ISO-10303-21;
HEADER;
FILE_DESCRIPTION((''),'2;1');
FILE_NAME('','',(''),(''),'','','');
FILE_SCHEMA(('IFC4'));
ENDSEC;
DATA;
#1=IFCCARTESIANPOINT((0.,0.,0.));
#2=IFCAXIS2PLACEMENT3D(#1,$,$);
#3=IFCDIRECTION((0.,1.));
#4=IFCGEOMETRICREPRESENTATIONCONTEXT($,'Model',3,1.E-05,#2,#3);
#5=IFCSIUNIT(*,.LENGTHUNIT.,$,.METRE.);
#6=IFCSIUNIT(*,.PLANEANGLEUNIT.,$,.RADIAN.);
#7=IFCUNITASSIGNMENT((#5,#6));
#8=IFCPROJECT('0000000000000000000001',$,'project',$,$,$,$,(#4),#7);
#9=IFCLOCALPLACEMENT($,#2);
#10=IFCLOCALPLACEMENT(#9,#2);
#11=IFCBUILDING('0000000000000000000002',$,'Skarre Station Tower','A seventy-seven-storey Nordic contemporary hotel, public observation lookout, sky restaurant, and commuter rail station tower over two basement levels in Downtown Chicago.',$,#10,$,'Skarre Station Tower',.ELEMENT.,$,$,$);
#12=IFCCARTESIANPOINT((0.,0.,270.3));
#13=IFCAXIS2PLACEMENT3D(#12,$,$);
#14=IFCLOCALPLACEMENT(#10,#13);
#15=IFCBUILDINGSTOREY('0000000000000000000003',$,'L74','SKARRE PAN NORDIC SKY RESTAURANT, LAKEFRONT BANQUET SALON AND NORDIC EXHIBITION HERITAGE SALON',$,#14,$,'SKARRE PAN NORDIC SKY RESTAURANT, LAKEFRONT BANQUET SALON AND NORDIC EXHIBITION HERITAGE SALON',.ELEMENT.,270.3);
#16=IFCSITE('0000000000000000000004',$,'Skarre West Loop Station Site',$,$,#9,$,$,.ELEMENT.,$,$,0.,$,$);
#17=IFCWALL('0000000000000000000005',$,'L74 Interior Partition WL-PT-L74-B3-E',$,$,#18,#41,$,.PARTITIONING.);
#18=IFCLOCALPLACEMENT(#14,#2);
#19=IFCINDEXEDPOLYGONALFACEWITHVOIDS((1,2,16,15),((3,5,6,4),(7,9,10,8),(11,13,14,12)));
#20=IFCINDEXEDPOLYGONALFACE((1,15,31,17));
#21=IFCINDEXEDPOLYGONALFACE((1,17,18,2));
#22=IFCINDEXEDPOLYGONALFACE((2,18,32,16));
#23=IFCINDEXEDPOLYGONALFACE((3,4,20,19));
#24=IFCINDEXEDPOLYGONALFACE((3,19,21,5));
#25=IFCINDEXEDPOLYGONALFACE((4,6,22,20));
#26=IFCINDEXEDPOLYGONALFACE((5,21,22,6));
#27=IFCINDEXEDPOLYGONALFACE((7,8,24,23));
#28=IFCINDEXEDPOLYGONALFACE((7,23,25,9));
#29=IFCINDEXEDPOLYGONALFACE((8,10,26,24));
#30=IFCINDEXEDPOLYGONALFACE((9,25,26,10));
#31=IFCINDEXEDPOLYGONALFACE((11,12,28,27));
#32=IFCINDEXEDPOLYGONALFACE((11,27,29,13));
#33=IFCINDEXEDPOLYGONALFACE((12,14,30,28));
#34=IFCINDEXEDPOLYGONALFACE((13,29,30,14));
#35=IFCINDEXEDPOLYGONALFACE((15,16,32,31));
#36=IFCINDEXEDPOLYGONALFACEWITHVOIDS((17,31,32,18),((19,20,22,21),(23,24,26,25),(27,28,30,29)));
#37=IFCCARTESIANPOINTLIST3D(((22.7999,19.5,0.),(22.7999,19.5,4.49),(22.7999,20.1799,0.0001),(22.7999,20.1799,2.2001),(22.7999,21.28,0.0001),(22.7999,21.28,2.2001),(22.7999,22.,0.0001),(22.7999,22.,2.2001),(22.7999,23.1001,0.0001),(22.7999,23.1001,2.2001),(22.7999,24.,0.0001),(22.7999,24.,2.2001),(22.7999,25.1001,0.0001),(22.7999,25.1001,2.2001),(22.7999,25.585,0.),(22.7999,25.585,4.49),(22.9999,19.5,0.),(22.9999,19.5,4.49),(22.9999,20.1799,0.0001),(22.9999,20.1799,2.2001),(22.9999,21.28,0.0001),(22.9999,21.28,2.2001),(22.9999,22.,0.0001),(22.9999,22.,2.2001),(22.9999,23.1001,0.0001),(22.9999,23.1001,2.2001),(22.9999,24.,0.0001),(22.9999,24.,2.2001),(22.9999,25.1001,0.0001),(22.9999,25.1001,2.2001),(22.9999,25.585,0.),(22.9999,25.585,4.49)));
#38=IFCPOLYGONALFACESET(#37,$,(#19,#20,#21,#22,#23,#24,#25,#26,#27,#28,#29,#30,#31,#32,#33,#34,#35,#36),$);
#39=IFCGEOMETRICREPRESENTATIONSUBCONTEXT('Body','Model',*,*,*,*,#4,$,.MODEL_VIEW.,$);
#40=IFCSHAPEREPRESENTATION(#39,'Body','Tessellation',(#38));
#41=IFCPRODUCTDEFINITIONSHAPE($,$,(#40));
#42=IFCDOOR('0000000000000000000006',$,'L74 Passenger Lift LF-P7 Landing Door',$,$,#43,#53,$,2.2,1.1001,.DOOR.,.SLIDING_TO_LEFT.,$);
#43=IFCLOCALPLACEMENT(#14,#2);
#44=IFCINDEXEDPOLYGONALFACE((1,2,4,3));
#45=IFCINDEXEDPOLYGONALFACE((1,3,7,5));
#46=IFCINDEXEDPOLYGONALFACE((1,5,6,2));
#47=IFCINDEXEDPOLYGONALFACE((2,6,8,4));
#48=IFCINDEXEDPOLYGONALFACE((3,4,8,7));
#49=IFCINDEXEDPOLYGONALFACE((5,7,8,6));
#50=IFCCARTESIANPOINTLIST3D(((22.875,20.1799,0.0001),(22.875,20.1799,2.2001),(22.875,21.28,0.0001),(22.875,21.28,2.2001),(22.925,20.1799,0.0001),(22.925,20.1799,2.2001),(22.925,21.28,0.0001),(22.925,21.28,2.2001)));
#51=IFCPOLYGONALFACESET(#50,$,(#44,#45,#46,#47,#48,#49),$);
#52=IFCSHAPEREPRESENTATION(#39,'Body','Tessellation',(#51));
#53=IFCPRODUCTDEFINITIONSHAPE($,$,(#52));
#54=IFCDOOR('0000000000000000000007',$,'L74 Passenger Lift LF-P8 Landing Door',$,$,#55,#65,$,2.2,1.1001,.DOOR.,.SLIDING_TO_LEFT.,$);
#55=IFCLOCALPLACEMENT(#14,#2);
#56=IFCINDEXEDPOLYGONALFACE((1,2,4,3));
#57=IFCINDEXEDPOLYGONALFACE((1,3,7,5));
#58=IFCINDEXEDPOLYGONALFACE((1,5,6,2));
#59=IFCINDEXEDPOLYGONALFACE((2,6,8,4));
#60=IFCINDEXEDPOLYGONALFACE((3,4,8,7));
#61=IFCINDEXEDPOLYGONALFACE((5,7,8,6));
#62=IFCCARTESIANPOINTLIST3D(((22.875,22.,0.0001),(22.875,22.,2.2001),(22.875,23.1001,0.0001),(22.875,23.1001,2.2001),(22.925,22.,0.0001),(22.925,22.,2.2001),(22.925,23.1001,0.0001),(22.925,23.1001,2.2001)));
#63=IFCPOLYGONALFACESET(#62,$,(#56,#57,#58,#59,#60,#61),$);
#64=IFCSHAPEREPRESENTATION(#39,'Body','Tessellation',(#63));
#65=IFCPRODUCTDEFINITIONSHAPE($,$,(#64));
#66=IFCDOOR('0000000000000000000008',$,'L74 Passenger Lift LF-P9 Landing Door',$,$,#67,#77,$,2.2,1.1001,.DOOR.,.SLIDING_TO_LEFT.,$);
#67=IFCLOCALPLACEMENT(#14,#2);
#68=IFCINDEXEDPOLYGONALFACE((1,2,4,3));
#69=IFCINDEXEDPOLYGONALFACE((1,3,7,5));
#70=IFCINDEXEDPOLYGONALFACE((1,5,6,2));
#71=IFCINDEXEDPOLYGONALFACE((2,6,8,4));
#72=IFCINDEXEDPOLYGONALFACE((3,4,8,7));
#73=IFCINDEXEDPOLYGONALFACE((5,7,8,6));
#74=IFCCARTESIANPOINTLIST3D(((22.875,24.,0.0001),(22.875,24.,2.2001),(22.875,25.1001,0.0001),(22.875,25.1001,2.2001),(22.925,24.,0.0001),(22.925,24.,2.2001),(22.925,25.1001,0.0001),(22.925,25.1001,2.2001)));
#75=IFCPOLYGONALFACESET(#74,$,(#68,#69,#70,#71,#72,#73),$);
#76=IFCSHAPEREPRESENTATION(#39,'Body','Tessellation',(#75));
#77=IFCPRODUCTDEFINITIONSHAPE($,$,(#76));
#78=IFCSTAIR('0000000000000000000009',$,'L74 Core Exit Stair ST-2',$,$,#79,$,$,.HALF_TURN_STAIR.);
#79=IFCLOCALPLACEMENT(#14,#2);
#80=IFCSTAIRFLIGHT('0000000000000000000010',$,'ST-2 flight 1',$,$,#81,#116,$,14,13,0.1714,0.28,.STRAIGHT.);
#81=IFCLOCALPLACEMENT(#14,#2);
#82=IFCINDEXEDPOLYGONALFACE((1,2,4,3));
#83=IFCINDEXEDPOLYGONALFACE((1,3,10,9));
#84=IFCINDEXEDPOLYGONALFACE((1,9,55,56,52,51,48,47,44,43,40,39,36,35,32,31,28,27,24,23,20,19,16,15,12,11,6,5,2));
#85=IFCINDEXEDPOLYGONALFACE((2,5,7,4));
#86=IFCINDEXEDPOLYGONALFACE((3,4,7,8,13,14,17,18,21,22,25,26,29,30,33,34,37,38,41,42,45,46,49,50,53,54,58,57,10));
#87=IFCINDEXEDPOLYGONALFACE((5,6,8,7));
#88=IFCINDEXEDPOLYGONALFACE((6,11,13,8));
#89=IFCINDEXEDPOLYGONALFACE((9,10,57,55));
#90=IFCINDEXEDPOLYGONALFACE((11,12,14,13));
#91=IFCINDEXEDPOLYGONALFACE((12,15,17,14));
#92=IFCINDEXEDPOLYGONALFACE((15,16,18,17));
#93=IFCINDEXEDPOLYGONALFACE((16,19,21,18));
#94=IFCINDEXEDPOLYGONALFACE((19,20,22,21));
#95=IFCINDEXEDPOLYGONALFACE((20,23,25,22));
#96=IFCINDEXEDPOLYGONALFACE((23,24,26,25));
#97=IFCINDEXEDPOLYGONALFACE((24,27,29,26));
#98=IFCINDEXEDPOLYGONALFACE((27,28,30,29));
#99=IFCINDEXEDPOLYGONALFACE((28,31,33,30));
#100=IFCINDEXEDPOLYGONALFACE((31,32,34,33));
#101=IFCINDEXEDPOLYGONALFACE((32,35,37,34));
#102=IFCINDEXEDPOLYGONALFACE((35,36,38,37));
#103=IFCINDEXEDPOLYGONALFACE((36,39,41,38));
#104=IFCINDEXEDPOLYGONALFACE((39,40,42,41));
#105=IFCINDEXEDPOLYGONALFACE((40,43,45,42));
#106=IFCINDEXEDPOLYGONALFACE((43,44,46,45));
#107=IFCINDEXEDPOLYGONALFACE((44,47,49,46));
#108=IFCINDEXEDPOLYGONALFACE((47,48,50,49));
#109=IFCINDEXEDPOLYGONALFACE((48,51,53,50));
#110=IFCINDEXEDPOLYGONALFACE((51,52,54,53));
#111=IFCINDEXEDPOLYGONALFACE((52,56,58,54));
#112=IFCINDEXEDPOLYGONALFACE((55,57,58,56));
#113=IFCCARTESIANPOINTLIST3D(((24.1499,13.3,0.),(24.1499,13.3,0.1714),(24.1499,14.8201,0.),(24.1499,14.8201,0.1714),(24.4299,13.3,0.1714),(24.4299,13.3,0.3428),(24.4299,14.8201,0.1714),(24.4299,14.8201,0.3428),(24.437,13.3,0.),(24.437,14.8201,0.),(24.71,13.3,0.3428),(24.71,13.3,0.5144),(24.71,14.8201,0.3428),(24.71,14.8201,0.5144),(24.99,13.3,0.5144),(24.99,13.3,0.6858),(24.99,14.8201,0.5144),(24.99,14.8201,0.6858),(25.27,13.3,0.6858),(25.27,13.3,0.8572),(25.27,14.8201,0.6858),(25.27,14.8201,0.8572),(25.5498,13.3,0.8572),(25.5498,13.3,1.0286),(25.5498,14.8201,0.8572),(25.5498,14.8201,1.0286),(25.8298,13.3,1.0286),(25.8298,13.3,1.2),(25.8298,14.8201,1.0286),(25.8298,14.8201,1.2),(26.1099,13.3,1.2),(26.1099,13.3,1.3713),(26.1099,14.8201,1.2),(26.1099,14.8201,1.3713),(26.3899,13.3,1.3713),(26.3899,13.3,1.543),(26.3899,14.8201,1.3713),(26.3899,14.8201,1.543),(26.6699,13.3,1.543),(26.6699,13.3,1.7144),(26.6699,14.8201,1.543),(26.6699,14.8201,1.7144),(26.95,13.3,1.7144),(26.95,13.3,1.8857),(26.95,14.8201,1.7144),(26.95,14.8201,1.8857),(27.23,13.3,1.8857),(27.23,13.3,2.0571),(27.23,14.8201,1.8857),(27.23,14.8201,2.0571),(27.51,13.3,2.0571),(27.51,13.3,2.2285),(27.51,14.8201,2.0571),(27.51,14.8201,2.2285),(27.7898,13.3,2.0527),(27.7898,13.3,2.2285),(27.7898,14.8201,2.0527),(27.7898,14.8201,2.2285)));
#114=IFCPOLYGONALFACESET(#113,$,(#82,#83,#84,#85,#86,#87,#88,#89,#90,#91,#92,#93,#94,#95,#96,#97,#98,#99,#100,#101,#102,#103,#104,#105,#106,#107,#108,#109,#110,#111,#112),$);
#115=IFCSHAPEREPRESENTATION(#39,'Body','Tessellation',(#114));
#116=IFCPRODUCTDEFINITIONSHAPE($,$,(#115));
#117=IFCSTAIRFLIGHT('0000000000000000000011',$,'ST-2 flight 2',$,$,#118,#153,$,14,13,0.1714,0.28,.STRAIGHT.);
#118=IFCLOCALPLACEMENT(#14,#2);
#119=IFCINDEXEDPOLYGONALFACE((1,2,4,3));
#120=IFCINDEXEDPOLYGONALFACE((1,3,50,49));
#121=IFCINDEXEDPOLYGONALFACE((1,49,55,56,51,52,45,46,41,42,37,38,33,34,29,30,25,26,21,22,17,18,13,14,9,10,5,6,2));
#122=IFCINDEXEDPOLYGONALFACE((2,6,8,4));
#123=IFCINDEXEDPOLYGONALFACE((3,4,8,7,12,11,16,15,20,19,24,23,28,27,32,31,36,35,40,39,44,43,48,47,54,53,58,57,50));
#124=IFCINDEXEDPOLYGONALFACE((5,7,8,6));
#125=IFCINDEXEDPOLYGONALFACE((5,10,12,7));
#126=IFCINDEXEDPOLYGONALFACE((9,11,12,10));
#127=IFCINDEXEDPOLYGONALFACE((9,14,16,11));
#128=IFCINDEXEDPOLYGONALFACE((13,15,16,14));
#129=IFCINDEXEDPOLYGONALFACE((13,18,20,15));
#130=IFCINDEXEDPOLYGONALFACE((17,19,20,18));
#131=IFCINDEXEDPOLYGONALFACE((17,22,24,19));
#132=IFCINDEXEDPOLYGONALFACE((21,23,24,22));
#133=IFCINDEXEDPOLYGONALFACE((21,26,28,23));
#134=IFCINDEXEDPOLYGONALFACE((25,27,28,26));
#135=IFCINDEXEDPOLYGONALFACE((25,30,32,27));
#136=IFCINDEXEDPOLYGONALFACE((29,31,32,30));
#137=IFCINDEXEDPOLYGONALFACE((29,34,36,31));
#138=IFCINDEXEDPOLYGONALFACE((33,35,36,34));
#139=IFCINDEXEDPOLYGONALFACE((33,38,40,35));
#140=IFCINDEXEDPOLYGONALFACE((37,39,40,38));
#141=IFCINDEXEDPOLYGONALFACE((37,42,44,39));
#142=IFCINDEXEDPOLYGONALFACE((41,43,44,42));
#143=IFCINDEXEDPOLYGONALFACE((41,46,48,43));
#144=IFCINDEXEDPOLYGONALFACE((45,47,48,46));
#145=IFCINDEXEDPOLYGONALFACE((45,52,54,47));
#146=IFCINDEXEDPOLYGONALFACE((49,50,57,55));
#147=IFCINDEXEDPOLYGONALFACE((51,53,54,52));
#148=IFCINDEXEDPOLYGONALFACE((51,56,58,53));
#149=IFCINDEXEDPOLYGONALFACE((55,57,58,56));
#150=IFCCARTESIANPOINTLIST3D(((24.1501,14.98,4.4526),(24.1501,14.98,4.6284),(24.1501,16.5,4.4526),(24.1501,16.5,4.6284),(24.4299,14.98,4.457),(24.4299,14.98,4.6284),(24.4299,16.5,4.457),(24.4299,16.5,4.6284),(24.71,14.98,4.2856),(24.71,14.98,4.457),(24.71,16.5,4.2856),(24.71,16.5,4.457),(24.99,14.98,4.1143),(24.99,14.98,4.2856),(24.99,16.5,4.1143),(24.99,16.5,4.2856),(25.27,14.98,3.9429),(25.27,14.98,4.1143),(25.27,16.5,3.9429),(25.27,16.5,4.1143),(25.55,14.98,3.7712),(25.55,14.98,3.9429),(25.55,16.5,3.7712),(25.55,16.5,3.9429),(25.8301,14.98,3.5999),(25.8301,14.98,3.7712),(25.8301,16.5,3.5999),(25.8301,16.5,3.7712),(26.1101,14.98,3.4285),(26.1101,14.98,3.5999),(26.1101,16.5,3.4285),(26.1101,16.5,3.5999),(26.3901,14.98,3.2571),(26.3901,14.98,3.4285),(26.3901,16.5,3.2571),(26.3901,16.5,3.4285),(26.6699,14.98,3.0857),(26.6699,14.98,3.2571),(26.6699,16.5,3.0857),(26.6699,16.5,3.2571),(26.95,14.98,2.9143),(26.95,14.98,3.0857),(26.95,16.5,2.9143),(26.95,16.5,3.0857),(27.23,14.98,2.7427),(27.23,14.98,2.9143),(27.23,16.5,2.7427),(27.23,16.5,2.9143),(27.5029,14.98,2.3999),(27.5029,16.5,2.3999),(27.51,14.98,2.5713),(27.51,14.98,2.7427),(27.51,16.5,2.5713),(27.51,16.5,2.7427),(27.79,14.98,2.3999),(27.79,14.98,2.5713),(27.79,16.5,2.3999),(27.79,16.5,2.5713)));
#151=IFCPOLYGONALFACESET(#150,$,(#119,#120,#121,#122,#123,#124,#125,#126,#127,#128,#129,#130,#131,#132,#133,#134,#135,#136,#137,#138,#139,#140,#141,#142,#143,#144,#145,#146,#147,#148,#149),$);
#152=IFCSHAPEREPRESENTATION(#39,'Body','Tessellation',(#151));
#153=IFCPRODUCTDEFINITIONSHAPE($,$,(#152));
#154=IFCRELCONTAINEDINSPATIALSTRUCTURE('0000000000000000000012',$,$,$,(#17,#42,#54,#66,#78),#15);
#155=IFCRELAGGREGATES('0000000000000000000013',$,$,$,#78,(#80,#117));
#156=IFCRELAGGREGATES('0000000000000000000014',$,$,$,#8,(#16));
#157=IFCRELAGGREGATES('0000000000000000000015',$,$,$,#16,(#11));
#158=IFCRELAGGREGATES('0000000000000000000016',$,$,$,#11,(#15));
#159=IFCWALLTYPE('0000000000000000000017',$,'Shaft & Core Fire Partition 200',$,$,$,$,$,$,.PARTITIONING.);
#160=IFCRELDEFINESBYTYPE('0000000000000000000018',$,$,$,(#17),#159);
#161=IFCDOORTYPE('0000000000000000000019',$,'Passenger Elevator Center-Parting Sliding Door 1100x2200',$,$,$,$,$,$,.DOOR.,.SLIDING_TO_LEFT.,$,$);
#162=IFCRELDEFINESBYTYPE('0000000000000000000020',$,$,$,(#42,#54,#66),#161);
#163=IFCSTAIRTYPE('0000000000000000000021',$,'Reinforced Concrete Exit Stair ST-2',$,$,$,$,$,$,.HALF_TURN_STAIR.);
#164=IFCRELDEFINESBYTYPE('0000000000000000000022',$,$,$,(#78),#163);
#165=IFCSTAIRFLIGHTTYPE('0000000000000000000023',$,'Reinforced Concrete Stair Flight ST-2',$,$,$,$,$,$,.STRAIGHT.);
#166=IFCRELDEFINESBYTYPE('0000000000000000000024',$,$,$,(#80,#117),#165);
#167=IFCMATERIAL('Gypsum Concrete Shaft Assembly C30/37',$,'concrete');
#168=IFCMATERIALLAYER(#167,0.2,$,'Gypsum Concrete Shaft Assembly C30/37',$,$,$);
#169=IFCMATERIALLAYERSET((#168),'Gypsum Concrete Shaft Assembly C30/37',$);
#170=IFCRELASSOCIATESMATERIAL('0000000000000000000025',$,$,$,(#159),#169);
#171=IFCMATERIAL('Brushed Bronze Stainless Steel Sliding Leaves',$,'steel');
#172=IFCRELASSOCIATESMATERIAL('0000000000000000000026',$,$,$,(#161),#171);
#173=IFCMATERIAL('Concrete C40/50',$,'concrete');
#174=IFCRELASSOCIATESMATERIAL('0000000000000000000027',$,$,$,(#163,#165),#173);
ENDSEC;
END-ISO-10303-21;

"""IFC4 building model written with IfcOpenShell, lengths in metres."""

from ifc_helpers import new_model, si_unit, direction, frame, frame_2d, origin, place, context, subcontext, project, spatial, polyline, rectangle, outline, extrude, material, layer, layer_set, type_object, element, fill, aggregate, save


model = new_model("IFC4")

# Units and contexts
model_context = context("Model", 3, precision=1e-05, world=origin(), true_north=direction((0.0, 1.0)))
body_context = subcontext(model_context, "Body", "Model", "MODEL_VIEW")
ifc_project = project(units=[si_unit("LENGTHUNIT", "METRE"), si_unit("PLANEANGLEUNIT", "RADIAN")], contexts=[model_context])

# Site, building, storey
site_placement = place(None, origin())
site = spatial("IfcSite", under=ifc_project, at=site_placement, Name="Skarre West Loop Station Site", CompositionType="ELEMENT", RefElevation=0.0)
building_placement = place(site_placement, origin())
building = spatial("IfcBuilding", under=site, at=building_placement, Name="Skarre Station Tower", Description="A seventy-seven-storey Nordic contemporary hotel, public observation lookout, sky restaurant, and commuter rail station tower over two basement levels in Downtown Chicago.", LongName="Skarre Station Tower", CompositionType="ELEMENT")
storey_placement = place(building_placement, frame((0.0, 0.0, 270.3)))
storey = spatial("IfcBuildingStorey", under=building, at=storey_placement, Name="L74", Description="SKARRE PAN NORDIC SKY RESTAURANT, LAKEFRONT BANQUET SALON AND NORDIC EXHIBITION HERITAGE SALON", LongName="SKARRE PAN NORDIC SKY RESTAURANT, LAKEFRONT BANQUET SALON AND NORDIC EXHIBITION HERITAGE SALON", CompositionType="ELEMENT", Elevation=270.3)

# Shared definitions
ifc_material_1 = material(Name="Gypsum Concrete Shaft Assembly C30/37", Category="concrete")
ifc_layer_1 = layer(ifc_material_1, 0.2, Name="Gypsum Concrete Shaft Assembly C30/37")
ifc_layer_set_1 = layer_set([ifc_layer_1], Name="Gypsum Concrete Shaft Assembly C30/37")
wall_type_1 = type_object("IfcWallType", Name="Shaft & Core Fire Partition 200", PredefinedType="PARTITIONING", material=ifc_layer_set_1)

# Wall, openings, doors
wall_1_placement = place(storey_placement, frame((22.8999, 19.5, 0.0), z_axis=(0.0, 0.0, 1.0), x_axis=(0.0, 1.0, 0.0)))
wall_1 = element("IfcWall", 1, at=wall_1_placement, inside=storey, type_object=wall_type_1, Name="L74 Interior Partition WL-PT-L74-B3-E", PredefinedType="PARTITIONING", context=body_context, shape_type="SweptSolid", body=[
    extrude(rectangle(XDim=6.085, YDim=0.2, at=frame_2d((3.0425, 0.0))), origin(), (0.0, 0.0, 1.0), 4.49),
])
opening_1_placement = place(wall_1_placement, frame((0.6799, 0.0, 0.0)))
opening_1 = element("IfcOpeningElement", 2, at=opening_1_placement, cuts=wall_1, PredefinedType="OPENING", context=body_context, shape_type="SweptSolid", body=[
    extrude(rectangle(XDim=1.1001, YDim=2.2, at=frame_2d((0.55, 1.1001))), frame((0.0, 0.1099, 0.0), z_axis=(0.0, -1.0, 0.0), x_axis=(1.0, 0.0, 0.0)), (0.0, 0.0, 1.0), 0.22),
])
opening_2_placement = place(wall_1_placement, frame((2.5, 0.0, 0.0)))
opening_2 = element("IfcOpeningElement", 3, at=opening_2_placement, cuts=wall_1, PredefinedType="OPENING", context=body_context, shape_type="SweptSolid", body=[
    extrude(rectangle(XDim=1.1001, YDim=2.2, at=frame_2d((0.55, 1.1001))), frame((0.0, 0.1099, 0.0), z_axis=(0.0, -1.0, 0.0), x_axis=(1.0, 0.0, 0.0)), (0.0, 0.0, 1.0), 0.22),
])
opening_3_placement = place(wall_1_placement, frame((4.5, 0.0, 0.0)))
opening_3 = element("IfcOpeningElement", 4, at=opening_3_placement, cuts=wall_1, PredefinedType="OPENING", context=body_context, shape_type="SweptSolid", body=[
    extrude(rectangle(XDim=1.1001, YDim=2.2, at=frame_2d((0.55, 1.1001))), frame((0.0, 0.1099, 0.0), z_axis=(0.0, -1.0, 0.0), x_axis=(1.0, 0.0, 0.0)), (0.0, 0.0, 1.0), 0.22),
])
ifc_material_2 = material(Name="Brushed Bronze Stainless Steel Sliding Leaves", Category="steel")
door_type_1 = type_object("IfcDoorType", Name="Passenger Elevator Center-Parting Sliding Door 1100x2200", OperationType="SLIDING_TO_LEFT", PredefinedType="DOOR", material=ifc_material_2)
door_1_placement = place(opening_1_placement, origin())
door_1 = element("IfcDoor", 5, at=door_1_placement, inside=storey, type_object=door_type_1, Name="L74 Passenger Lift LF-P7 Landing Door", OperationType="SLIDING_TO_LEFT", OverallHeight=2.2, OverallWidth=1.1001, PredefinedType="DOOR", context=body_context, shape_type="SweptSolid", body=[
    extrude(rectangle(XDim=1.1001, YDim=2.2, at=frame_2d((0.55, 1.1001))), frame((0.0, 0.0249, 0.0), z_axis=(0.0, -1.0, 0.0), x_axis=(1.0, 0.0, 0.0)), (0.0, 0.0, 1.0), 0.05),
])
fill(opening_1, door_1)
door_2_placement = place(opening_2_placement, origin())
door_2 = element("IfcDoor", 6, at=door_2_placement, inside=storey, type_object=door_type_1, Name="L74 Passenger Lift LF-P8 Landing Door", OperationType="SLIDING_TO_LEFT", OverallHeight=2.2, OverallWidth=1.1001, PredefinedType="DOOR", context=body_context, shape_type="SweptSolid", body=[
    extrude(rectangle(XDim=1.1001, YDim=2.2, at=frame_2d((0.55, 1.1001))), frame((0.0, 0.0249, 0.0), z_axis=(0.0, -1.0, 0.0), x_axis=(1.0, 0.0, 0.0)), (0.0, 0.0, 1.0), 0.05),
])
fill(opening_2, door_2)
door_3_placement = place(opening_3_placement, origin())
door_3 = element("IfcDoor", 7, at=door_3_placement, inside=storey, type_object=door_type_1, Name="L74 Passenger Lift LF-P9 Landing Door", OperationType="SLIDING_TO_LEFT", OverallHeight=2.2, OverallWidth=1.1001, PredefinedType="DOOR", context=body_context, shape_type="SweptSolid", body=[
    extrude(rectangle(XDim=1.1001, YDim=2.2, at=frame_2d((0.55, 1.1001))), frame((0.0, 0.0249, 0.0), z_axis=(0.0, -1.0, 0.0), x_axis=(1.0, 0.0, 0.0)), (0.0, 0.0, 1.0), 0.05),
])
fill(opening_3, door_3)

# Stair, stair flights
ifc_material_3 = material(Name="Concrete C40/50", Category="concrete")
stair_type = type_object("IfcStairType", Name="Reinforced Concrete Exit Stair ST-2", PredefinedType="HALF_TURN_STAIR", material=ifc_material_3)
stair_placement = place(storey_placement, origin())
stair = element("IfcStair", 8, at=stair_placement, inside=storey, type_object=stair_type, Name="L74 Core Exit Stair ST-2", PredefinedType="HALF_TURN_STAIR")
stair_flight_type = type_object("IfcStairFlightType", Name="Reinforced Concrete Stair Flight ST-2", PredefinedType="STRAIGHT", material=ifc_material_3)
stair_flight_1_placement = place(storey_placement, frame((24.1499, 14.0601, 0.0), z_axis=(0.0, 0.0, 1.0), x_axis=(1.0, 0.0, 0.0)))
stair_flight_1 = element("IfcStairFlight", 9, at=stair_flight_1_placement, type_object=stair_flight_type, Name="ST-2 flight 1", NumberOfRisers=14, NumberOfTreads=13, PredefinedType="STRAIGHT", RiserHeight=0.1714, TreadLength=0.28, context=body_context, shape_type="SweptSolid", body=[
    extrude(outline(polyline([(0.0, 0.0), (0.0, 0.1714), (0.28, 0.1714), (0.28, 0.3428), (0.5601, 0.3428), (0.5601, 0.5144), (0.8401, 0.5144), (0.8401, 0.6858), (1.1201, 0.6858), (1.1201, 0.8572), (1.3999, 0.8572), (1.3999, 1.0286), (1.6799, 1.0286), (1.6799, 1.2), (1.96, 1.2), (1.96, 1.3713), (2.24, 1.3713), (2.24, 1.543), (2.52, 1.543), (2.52, 1.7144), (2.8, 1.7144), (2.8, 1.8857), (3.0801, 1.8857), (3.0801, 2.0571), (3.3601, 2.0571), (3.3601, 2.2285), (3.6399, 2.2285), (3.6399, 2.3999), (3.6399, 2.0527), (0.2871, 0.0), (0.0, 0.0)])), frame((0.0, 0.76, 0.0), z_axis=(0.0, -1.0, 0.0), x_axis=(1.0, 0.0, 0.0)), (0.0, 0.0, 1.0), 1.52),
])
stair_flight_2_placement = place(storey_placement, frame((27.79, 15.74, 2.3999), z_axis=(0.0, 0.0, 1.0), x_axis=(-1.0, 0.0, 0.0)))
stair_flight_2 = element("IfcStairFlight", 10, at=stair_flight_2_placement, type_object=stair_flight_type, Name="ST-2 flight 2", NumberOfRisers=14, NumberOfTreads=13, PredefinedType="STRAIGHT", RiserHeight=0.1714, TreadLength=0.28, context=body_context, shape_type="SweptSolid", body=[
    extrude(outline(polyline([(0.0, 0.0), (0.0, 0.1714), (0.28, 0.1714), (0.28, 0.3428), (0.5601, 0.3428), (0.5601, 0.5144), (0.8401, 0.5144), (0.8401, 0.6858), (1.1201, 0.6858), (1.1201, 0.8572), (1.3999, 0.8572), (1.3999, 1.0286), (1.6799, 1.0286), (1.6799, 1.2), (1.96, 1.2), (1.96, 1.3713), (2.24, 1.3713), (2.24, 1.543), (2.52, 1.543), (2.52, 1.7144), (2.8, 1.7144), (2.8, 1.8857), (3.0801, 1.8857), (3.0801, 2.0571), (3.3601, 2.0571), (3.3601, 2.2285), (3.6399, 2.2285), (3.6399, 2.3999), (3.6399, 2.0527), (0.2871, 0.0), (0.0, 0.0)])), frame((0.0, 0.76, 0.0), z_axis=(0.0, -1.0, 0.0), x_axis=(1.0, 0.0, 0.0)), (0.0, 0.0, 1.0), 1.52),
])
aggregate(stair, [stair_flight_1, stair_flight_2])

save(model, "model.ifc")
